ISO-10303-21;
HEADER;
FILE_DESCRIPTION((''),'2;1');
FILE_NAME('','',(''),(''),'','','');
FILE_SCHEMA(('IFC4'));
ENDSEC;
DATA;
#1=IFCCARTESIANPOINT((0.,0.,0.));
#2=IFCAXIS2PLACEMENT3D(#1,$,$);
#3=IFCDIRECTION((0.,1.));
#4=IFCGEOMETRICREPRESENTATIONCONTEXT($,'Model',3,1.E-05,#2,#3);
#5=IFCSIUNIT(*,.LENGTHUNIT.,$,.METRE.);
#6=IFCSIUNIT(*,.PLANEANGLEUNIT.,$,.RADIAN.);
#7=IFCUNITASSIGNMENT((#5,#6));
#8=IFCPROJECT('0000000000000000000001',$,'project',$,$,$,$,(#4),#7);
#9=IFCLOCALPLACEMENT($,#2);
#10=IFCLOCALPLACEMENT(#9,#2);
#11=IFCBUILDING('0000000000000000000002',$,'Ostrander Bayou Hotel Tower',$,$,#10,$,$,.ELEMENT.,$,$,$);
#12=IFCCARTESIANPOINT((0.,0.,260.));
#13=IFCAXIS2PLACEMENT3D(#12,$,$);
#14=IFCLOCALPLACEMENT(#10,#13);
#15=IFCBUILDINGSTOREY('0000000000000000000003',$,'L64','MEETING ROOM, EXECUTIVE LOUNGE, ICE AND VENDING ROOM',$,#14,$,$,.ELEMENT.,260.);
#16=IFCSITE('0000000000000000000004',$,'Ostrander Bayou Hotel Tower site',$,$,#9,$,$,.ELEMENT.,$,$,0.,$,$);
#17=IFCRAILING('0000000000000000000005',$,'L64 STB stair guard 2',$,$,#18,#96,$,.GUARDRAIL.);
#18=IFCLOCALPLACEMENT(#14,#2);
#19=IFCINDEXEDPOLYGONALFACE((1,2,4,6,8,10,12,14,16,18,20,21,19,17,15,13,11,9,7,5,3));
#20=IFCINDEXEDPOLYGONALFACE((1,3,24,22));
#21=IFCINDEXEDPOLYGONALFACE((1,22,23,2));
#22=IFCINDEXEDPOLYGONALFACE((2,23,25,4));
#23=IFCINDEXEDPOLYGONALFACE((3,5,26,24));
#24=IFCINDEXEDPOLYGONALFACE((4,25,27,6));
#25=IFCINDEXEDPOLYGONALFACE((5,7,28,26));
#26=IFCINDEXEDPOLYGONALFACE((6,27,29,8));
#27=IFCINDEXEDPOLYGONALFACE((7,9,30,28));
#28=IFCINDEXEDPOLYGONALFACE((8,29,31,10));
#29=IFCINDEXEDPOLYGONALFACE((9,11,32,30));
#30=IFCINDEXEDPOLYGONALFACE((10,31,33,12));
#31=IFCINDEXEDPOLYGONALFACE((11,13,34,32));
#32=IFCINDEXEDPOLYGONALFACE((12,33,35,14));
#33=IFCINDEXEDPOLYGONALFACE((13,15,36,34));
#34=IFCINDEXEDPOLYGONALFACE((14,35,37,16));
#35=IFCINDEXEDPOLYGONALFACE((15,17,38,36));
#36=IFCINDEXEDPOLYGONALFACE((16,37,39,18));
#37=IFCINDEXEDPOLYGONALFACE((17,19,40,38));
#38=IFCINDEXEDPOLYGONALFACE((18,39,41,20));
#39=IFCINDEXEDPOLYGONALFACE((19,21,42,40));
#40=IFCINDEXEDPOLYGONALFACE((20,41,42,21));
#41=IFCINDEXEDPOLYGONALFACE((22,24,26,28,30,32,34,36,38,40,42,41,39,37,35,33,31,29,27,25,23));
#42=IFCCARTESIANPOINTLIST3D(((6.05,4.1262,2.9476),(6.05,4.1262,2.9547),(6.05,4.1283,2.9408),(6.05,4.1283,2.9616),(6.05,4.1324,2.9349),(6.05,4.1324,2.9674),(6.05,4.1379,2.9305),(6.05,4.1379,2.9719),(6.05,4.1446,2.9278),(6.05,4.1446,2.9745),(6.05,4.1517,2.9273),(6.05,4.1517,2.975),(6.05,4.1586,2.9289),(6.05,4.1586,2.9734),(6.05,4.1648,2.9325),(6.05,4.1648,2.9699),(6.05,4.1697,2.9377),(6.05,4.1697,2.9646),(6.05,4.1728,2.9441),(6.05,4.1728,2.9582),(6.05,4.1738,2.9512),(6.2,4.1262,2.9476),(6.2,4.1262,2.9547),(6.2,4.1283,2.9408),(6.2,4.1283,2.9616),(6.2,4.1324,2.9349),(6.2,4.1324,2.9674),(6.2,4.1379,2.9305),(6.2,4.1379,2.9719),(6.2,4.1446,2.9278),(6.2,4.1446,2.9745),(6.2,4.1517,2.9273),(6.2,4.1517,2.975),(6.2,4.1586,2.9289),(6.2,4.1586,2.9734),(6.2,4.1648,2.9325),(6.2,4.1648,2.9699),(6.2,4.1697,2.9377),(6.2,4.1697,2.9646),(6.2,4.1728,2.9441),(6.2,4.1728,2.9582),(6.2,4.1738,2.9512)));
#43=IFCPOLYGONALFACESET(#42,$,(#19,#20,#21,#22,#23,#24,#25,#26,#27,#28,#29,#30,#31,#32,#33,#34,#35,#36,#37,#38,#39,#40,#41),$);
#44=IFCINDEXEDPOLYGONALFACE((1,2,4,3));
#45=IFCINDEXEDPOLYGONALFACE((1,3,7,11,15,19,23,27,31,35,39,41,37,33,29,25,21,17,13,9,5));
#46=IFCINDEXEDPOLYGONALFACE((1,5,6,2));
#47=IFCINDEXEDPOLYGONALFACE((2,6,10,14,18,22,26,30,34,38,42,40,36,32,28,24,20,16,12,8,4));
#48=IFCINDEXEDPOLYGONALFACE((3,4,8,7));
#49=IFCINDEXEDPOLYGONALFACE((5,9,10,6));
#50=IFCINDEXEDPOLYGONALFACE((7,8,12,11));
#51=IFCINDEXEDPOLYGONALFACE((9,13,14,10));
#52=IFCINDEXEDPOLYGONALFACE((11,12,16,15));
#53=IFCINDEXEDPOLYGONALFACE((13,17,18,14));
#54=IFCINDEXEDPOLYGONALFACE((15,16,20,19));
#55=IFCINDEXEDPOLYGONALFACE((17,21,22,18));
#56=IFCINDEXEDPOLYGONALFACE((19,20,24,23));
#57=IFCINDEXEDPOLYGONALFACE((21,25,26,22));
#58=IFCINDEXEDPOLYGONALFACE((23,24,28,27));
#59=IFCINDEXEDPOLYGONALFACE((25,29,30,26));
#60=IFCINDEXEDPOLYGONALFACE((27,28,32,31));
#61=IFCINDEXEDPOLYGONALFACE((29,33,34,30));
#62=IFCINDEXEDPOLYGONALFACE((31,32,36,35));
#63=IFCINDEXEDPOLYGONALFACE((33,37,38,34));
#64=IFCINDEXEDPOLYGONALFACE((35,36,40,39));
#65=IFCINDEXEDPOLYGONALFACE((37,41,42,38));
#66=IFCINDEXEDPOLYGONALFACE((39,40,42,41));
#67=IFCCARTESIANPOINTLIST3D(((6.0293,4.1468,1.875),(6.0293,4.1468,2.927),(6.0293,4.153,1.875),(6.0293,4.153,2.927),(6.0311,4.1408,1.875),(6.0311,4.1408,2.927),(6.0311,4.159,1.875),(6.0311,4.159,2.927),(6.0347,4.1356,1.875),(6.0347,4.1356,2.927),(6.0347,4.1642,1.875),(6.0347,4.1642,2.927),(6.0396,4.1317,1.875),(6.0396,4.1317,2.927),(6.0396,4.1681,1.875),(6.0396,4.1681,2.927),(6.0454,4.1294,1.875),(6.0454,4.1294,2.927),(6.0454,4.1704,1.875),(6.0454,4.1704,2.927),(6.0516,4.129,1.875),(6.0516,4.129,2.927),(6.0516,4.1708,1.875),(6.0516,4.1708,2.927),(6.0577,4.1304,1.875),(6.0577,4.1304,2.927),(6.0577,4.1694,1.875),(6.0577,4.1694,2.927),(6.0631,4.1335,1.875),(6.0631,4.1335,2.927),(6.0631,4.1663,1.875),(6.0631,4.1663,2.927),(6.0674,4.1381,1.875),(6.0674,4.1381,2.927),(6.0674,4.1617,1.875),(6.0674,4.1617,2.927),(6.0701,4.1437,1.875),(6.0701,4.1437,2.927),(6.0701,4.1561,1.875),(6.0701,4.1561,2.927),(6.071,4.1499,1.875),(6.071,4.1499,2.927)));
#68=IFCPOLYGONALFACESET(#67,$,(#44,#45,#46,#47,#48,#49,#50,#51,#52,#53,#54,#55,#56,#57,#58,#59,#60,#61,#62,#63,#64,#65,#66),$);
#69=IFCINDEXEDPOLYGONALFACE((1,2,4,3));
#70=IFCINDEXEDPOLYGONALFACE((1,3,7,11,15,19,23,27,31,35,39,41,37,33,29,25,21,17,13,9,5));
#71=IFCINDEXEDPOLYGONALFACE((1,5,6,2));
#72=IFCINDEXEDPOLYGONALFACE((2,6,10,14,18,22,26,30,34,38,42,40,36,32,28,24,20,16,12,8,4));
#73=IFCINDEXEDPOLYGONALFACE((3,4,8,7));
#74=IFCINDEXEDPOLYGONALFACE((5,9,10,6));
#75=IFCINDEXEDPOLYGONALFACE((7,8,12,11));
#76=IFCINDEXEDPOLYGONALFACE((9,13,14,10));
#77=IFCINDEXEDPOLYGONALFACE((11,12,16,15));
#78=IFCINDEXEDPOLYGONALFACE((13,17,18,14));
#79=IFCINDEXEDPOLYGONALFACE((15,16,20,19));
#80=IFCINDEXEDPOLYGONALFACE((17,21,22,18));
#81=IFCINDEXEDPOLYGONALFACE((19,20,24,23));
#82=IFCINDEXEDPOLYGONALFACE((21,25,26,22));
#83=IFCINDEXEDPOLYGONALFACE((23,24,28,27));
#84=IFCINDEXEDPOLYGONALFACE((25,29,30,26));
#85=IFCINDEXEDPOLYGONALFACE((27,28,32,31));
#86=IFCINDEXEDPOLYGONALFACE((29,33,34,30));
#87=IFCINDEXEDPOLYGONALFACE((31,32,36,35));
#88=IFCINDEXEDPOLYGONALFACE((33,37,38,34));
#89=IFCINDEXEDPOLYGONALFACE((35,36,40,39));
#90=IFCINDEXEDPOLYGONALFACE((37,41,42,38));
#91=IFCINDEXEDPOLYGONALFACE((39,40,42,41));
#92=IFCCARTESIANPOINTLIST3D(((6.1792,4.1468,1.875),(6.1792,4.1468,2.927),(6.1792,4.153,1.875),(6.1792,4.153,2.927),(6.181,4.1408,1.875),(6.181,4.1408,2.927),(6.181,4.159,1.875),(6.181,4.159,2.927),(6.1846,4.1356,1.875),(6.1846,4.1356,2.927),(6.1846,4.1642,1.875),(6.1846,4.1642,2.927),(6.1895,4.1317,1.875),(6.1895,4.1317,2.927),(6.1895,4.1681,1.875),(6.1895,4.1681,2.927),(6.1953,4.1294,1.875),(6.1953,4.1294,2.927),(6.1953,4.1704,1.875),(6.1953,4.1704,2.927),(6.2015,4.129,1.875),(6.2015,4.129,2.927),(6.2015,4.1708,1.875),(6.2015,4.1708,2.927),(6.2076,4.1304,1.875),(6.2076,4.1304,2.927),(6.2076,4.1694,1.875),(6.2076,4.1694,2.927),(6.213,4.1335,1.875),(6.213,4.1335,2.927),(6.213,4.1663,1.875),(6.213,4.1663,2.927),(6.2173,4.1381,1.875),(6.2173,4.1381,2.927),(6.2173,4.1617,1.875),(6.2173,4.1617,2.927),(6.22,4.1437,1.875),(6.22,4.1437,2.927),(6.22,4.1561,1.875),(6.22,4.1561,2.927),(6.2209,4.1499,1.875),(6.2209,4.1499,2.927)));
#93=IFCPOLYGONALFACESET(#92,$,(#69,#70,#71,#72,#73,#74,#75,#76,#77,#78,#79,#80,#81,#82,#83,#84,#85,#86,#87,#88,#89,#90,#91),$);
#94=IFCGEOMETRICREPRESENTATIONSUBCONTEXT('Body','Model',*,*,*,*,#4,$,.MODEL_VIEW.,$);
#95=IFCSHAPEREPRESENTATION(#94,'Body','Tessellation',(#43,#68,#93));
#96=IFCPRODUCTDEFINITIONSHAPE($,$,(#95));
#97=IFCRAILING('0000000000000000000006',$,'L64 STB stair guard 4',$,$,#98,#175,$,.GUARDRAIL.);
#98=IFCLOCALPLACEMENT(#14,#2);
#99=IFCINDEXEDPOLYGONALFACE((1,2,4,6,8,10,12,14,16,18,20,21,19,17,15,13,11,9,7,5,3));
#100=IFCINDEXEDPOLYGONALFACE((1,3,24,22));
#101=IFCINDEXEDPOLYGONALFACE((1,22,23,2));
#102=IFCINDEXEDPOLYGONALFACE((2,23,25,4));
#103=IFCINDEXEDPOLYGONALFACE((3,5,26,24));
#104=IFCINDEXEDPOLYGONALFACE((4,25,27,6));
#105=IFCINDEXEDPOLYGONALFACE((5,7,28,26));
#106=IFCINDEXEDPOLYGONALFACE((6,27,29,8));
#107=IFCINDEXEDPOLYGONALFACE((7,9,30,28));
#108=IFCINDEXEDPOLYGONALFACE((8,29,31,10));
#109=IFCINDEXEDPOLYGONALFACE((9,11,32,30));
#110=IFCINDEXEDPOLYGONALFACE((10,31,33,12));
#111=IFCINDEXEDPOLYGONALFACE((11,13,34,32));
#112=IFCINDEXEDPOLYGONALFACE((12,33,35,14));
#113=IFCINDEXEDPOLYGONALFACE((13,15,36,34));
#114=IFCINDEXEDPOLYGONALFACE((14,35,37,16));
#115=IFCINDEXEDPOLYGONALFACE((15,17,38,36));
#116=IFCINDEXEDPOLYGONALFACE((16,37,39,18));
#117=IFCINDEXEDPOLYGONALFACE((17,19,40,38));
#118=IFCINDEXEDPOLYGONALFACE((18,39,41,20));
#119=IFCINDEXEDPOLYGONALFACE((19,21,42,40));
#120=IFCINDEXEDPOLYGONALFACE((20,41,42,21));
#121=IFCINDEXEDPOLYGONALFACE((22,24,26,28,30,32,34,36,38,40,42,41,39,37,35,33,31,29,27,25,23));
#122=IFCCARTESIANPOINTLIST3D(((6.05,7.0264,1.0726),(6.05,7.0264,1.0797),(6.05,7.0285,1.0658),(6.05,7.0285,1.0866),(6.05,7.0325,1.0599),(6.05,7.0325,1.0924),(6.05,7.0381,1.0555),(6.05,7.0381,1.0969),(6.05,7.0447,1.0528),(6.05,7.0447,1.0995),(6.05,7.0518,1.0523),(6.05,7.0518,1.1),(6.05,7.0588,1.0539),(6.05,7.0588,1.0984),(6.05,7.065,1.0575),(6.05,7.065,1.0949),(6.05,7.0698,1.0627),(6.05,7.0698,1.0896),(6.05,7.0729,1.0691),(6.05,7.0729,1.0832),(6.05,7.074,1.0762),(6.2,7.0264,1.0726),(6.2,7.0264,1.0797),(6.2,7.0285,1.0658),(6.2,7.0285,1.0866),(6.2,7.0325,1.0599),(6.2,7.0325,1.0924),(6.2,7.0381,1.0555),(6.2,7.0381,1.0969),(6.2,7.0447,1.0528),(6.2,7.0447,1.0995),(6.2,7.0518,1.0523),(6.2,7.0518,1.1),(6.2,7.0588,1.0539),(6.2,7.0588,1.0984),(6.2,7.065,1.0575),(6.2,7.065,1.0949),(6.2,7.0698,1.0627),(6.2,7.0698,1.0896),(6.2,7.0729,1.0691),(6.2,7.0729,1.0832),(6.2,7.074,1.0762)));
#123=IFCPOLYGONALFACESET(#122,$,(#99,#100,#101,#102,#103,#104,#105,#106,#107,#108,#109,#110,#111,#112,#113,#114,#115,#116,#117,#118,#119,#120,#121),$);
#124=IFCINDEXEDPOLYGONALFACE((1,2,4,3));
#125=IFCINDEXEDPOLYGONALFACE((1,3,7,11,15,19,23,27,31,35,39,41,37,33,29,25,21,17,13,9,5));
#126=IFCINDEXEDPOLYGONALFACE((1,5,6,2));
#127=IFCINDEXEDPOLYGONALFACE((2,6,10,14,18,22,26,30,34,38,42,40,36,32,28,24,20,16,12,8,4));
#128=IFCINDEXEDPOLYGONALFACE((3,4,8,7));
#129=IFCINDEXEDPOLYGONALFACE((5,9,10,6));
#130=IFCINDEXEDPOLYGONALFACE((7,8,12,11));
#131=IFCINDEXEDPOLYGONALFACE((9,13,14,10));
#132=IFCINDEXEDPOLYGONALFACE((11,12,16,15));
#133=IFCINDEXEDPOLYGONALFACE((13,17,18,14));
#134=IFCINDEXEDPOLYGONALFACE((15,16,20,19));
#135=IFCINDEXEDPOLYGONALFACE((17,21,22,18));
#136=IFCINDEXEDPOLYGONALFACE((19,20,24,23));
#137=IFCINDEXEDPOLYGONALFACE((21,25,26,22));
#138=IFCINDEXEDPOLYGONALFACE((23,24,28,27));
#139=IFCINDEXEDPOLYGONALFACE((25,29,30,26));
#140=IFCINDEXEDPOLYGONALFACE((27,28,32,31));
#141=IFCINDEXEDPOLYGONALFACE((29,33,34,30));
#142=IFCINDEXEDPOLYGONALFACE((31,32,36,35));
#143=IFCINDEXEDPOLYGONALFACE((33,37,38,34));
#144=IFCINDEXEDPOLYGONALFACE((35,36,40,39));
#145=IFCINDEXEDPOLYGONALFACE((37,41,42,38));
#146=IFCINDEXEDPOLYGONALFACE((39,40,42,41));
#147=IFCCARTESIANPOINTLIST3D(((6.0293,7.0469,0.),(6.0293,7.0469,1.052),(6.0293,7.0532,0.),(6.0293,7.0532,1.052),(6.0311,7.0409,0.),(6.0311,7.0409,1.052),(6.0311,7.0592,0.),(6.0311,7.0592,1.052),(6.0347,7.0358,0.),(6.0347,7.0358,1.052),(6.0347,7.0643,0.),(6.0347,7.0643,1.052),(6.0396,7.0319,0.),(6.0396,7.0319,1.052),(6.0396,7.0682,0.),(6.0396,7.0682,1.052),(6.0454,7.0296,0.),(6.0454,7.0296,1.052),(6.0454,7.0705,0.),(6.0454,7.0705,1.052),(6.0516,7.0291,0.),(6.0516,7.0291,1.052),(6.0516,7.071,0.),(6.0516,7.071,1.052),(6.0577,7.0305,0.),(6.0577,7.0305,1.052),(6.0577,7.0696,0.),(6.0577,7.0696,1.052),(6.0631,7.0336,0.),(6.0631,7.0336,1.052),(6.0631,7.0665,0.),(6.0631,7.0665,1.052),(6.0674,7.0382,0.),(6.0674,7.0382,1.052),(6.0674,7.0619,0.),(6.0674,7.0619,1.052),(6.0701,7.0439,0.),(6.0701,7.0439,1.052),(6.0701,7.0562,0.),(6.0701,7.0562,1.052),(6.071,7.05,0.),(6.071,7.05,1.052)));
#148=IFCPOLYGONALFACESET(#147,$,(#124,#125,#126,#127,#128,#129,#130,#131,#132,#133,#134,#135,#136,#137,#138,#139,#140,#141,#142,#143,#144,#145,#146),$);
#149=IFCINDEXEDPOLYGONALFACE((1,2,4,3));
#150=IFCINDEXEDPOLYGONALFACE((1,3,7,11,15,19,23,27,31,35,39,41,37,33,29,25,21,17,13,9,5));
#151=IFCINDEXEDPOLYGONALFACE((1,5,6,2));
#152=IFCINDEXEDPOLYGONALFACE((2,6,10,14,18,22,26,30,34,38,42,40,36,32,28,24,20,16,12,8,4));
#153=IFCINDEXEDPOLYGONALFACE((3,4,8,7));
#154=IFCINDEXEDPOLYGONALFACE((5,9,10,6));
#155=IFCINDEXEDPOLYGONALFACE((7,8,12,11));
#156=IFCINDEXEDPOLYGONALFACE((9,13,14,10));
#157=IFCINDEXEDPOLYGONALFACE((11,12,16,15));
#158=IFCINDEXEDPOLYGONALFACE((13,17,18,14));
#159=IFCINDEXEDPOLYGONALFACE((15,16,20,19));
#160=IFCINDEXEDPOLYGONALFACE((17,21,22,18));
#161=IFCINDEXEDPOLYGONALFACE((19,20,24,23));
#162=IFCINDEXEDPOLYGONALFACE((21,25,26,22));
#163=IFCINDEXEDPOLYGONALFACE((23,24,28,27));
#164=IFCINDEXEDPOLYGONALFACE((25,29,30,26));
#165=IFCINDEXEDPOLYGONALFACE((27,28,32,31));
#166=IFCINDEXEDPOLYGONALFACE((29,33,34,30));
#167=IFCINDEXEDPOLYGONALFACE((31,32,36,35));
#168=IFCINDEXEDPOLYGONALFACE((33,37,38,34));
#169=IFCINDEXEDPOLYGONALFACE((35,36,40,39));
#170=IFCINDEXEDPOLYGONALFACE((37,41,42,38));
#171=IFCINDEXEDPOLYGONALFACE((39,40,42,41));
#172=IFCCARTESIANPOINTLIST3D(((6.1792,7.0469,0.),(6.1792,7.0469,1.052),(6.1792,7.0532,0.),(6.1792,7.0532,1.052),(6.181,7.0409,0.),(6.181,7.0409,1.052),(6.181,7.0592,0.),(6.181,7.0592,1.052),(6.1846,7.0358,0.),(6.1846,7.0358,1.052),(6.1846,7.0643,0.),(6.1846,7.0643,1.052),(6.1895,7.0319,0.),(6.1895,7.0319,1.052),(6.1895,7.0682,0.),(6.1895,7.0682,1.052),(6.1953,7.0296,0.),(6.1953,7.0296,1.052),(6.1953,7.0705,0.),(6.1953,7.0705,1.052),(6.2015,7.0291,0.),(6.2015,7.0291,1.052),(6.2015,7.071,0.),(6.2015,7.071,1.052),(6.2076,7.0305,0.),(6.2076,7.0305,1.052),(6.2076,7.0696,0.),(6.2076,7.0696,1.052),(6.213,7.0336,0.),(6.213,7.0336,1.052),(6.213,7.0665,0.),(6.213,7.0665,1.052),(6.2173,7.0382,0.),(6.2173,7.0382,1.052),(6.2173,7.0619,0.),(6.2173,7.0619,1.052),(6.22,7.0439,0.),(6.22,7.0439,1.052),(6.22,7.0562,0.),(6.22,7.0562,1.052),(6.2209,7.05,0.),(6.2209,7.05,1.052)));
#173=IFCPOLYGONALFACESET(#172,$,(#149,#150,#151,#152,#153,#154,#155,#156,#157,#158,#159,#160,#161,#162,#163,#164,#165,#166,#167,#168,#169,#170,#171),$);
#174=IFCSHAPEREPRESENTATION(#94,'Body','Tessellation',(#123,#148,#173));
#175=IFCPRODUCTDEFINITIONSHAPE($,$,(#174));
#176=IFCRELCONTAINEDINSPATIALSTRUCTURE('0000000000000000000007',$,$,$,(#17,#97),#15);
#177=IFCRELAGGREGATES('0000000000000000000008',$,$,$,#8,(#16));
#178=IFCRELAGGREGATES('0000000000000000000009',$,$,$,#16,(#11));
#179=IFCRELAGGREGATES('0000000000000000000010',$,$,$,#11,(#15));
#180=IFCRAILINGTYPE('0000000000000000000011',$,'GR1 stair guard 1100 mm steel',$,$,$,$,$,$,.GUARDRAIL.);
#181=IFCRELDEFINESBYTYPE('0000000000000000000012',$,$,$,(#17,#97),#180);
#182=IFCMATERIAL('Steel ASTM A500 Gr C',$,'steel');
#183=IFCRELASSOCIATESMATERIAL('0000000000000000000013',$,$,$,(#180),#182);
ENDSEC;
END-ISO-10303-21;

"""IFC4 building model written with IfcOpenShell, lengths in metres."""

from ifc_helpers import new_model, si_unit, direction, frame, origin, origin_2d, place, context, subcontext, project, spatial, circle, extrude, material, type_object, element, save


model = new_model("IFC4")

# Units and contexts
model_context = context("Model", 3, precision=1e-05, world=origin(), true_north=direction((0.0, 1.0)))
body_context = subcontext(model_context, "Body", "Model", "MODEL_VIEW")
ifc_project = project(units=[si_unit("LENGTHUNIT", "METRE"), si_unit("PLANEANGLEUNIT", "RADIAN")], contexts=[model_context])

# Site, building, storey
site_placement = place(None, origin())
site = spatial("IfcSite", under=ifc_project, at=site_placement, Name="Ostrander Bayou Hotel Tower site", CompositionType="ELEMENT", RefElevation=0.0)
building_placement = place(site_placement, origin())
building = spatial("IfcBuilding", under=site, at=building_placement, Name="Ostrander Bayou Hotel Tower", CompositionType="ELEMENT")
storey_placement = place(building_placement, frame((0.0, 0.0, 260.0)))
storey = spatial("IfcBuildingStorey", under=building, at=storey_placement, Name="L64", Description="MEETING ROOM, EXECUTIVE LOUNGE, ICE AND VENDING ROOM", CompositionType="ELEMENT", Elevation=260.0)

# Railings
ifc_material_1 = material(Name="Steel ASTM A500 Gr C", Category="steel")
railing_type_1 = type_object("IfcRailingType", Name="GR1 stair guard 1100 mm steel", PredefinedType="GUARDRAIL", material=ifc_material_1)
for number, where, name in (
    (1, (6.05, 4.1499, 1.875), "L64 STB stair guard 2"),
    (2, (6.05, 7.05, 0.0), "L64 STB stair guard 4"),
):
    element("IfcRailing", number, at=place(storey_placement, frame(where)), inside=storey, type_object=railing_type_1, Name=name, PredefinedType="GUARDRAIL", context=body_context, shape_type="SweptSolid", body=[
        extrude(circle(Radius=0.0239, at=origin_2d()), frame((0.0, 0.0, 1.0762), z_axis=(1.0, 0.0, 0.0), x_axis=(0.0, 1.0, 0.0)), (0.0, 0.0, 1.0), 0.1499),
        extrude(circle(Radius=0.021, at=origin_2d()), origin(), (0.0, 0.0, 1.0), 1.052),
        extrude(circle(Radius=0.021, at=origin_2d()), frame((0.1499, 0.0, 0.0)), (0.0, 0.0, 1.0), 1.052),
    ])

save(model, "model.ifc")
